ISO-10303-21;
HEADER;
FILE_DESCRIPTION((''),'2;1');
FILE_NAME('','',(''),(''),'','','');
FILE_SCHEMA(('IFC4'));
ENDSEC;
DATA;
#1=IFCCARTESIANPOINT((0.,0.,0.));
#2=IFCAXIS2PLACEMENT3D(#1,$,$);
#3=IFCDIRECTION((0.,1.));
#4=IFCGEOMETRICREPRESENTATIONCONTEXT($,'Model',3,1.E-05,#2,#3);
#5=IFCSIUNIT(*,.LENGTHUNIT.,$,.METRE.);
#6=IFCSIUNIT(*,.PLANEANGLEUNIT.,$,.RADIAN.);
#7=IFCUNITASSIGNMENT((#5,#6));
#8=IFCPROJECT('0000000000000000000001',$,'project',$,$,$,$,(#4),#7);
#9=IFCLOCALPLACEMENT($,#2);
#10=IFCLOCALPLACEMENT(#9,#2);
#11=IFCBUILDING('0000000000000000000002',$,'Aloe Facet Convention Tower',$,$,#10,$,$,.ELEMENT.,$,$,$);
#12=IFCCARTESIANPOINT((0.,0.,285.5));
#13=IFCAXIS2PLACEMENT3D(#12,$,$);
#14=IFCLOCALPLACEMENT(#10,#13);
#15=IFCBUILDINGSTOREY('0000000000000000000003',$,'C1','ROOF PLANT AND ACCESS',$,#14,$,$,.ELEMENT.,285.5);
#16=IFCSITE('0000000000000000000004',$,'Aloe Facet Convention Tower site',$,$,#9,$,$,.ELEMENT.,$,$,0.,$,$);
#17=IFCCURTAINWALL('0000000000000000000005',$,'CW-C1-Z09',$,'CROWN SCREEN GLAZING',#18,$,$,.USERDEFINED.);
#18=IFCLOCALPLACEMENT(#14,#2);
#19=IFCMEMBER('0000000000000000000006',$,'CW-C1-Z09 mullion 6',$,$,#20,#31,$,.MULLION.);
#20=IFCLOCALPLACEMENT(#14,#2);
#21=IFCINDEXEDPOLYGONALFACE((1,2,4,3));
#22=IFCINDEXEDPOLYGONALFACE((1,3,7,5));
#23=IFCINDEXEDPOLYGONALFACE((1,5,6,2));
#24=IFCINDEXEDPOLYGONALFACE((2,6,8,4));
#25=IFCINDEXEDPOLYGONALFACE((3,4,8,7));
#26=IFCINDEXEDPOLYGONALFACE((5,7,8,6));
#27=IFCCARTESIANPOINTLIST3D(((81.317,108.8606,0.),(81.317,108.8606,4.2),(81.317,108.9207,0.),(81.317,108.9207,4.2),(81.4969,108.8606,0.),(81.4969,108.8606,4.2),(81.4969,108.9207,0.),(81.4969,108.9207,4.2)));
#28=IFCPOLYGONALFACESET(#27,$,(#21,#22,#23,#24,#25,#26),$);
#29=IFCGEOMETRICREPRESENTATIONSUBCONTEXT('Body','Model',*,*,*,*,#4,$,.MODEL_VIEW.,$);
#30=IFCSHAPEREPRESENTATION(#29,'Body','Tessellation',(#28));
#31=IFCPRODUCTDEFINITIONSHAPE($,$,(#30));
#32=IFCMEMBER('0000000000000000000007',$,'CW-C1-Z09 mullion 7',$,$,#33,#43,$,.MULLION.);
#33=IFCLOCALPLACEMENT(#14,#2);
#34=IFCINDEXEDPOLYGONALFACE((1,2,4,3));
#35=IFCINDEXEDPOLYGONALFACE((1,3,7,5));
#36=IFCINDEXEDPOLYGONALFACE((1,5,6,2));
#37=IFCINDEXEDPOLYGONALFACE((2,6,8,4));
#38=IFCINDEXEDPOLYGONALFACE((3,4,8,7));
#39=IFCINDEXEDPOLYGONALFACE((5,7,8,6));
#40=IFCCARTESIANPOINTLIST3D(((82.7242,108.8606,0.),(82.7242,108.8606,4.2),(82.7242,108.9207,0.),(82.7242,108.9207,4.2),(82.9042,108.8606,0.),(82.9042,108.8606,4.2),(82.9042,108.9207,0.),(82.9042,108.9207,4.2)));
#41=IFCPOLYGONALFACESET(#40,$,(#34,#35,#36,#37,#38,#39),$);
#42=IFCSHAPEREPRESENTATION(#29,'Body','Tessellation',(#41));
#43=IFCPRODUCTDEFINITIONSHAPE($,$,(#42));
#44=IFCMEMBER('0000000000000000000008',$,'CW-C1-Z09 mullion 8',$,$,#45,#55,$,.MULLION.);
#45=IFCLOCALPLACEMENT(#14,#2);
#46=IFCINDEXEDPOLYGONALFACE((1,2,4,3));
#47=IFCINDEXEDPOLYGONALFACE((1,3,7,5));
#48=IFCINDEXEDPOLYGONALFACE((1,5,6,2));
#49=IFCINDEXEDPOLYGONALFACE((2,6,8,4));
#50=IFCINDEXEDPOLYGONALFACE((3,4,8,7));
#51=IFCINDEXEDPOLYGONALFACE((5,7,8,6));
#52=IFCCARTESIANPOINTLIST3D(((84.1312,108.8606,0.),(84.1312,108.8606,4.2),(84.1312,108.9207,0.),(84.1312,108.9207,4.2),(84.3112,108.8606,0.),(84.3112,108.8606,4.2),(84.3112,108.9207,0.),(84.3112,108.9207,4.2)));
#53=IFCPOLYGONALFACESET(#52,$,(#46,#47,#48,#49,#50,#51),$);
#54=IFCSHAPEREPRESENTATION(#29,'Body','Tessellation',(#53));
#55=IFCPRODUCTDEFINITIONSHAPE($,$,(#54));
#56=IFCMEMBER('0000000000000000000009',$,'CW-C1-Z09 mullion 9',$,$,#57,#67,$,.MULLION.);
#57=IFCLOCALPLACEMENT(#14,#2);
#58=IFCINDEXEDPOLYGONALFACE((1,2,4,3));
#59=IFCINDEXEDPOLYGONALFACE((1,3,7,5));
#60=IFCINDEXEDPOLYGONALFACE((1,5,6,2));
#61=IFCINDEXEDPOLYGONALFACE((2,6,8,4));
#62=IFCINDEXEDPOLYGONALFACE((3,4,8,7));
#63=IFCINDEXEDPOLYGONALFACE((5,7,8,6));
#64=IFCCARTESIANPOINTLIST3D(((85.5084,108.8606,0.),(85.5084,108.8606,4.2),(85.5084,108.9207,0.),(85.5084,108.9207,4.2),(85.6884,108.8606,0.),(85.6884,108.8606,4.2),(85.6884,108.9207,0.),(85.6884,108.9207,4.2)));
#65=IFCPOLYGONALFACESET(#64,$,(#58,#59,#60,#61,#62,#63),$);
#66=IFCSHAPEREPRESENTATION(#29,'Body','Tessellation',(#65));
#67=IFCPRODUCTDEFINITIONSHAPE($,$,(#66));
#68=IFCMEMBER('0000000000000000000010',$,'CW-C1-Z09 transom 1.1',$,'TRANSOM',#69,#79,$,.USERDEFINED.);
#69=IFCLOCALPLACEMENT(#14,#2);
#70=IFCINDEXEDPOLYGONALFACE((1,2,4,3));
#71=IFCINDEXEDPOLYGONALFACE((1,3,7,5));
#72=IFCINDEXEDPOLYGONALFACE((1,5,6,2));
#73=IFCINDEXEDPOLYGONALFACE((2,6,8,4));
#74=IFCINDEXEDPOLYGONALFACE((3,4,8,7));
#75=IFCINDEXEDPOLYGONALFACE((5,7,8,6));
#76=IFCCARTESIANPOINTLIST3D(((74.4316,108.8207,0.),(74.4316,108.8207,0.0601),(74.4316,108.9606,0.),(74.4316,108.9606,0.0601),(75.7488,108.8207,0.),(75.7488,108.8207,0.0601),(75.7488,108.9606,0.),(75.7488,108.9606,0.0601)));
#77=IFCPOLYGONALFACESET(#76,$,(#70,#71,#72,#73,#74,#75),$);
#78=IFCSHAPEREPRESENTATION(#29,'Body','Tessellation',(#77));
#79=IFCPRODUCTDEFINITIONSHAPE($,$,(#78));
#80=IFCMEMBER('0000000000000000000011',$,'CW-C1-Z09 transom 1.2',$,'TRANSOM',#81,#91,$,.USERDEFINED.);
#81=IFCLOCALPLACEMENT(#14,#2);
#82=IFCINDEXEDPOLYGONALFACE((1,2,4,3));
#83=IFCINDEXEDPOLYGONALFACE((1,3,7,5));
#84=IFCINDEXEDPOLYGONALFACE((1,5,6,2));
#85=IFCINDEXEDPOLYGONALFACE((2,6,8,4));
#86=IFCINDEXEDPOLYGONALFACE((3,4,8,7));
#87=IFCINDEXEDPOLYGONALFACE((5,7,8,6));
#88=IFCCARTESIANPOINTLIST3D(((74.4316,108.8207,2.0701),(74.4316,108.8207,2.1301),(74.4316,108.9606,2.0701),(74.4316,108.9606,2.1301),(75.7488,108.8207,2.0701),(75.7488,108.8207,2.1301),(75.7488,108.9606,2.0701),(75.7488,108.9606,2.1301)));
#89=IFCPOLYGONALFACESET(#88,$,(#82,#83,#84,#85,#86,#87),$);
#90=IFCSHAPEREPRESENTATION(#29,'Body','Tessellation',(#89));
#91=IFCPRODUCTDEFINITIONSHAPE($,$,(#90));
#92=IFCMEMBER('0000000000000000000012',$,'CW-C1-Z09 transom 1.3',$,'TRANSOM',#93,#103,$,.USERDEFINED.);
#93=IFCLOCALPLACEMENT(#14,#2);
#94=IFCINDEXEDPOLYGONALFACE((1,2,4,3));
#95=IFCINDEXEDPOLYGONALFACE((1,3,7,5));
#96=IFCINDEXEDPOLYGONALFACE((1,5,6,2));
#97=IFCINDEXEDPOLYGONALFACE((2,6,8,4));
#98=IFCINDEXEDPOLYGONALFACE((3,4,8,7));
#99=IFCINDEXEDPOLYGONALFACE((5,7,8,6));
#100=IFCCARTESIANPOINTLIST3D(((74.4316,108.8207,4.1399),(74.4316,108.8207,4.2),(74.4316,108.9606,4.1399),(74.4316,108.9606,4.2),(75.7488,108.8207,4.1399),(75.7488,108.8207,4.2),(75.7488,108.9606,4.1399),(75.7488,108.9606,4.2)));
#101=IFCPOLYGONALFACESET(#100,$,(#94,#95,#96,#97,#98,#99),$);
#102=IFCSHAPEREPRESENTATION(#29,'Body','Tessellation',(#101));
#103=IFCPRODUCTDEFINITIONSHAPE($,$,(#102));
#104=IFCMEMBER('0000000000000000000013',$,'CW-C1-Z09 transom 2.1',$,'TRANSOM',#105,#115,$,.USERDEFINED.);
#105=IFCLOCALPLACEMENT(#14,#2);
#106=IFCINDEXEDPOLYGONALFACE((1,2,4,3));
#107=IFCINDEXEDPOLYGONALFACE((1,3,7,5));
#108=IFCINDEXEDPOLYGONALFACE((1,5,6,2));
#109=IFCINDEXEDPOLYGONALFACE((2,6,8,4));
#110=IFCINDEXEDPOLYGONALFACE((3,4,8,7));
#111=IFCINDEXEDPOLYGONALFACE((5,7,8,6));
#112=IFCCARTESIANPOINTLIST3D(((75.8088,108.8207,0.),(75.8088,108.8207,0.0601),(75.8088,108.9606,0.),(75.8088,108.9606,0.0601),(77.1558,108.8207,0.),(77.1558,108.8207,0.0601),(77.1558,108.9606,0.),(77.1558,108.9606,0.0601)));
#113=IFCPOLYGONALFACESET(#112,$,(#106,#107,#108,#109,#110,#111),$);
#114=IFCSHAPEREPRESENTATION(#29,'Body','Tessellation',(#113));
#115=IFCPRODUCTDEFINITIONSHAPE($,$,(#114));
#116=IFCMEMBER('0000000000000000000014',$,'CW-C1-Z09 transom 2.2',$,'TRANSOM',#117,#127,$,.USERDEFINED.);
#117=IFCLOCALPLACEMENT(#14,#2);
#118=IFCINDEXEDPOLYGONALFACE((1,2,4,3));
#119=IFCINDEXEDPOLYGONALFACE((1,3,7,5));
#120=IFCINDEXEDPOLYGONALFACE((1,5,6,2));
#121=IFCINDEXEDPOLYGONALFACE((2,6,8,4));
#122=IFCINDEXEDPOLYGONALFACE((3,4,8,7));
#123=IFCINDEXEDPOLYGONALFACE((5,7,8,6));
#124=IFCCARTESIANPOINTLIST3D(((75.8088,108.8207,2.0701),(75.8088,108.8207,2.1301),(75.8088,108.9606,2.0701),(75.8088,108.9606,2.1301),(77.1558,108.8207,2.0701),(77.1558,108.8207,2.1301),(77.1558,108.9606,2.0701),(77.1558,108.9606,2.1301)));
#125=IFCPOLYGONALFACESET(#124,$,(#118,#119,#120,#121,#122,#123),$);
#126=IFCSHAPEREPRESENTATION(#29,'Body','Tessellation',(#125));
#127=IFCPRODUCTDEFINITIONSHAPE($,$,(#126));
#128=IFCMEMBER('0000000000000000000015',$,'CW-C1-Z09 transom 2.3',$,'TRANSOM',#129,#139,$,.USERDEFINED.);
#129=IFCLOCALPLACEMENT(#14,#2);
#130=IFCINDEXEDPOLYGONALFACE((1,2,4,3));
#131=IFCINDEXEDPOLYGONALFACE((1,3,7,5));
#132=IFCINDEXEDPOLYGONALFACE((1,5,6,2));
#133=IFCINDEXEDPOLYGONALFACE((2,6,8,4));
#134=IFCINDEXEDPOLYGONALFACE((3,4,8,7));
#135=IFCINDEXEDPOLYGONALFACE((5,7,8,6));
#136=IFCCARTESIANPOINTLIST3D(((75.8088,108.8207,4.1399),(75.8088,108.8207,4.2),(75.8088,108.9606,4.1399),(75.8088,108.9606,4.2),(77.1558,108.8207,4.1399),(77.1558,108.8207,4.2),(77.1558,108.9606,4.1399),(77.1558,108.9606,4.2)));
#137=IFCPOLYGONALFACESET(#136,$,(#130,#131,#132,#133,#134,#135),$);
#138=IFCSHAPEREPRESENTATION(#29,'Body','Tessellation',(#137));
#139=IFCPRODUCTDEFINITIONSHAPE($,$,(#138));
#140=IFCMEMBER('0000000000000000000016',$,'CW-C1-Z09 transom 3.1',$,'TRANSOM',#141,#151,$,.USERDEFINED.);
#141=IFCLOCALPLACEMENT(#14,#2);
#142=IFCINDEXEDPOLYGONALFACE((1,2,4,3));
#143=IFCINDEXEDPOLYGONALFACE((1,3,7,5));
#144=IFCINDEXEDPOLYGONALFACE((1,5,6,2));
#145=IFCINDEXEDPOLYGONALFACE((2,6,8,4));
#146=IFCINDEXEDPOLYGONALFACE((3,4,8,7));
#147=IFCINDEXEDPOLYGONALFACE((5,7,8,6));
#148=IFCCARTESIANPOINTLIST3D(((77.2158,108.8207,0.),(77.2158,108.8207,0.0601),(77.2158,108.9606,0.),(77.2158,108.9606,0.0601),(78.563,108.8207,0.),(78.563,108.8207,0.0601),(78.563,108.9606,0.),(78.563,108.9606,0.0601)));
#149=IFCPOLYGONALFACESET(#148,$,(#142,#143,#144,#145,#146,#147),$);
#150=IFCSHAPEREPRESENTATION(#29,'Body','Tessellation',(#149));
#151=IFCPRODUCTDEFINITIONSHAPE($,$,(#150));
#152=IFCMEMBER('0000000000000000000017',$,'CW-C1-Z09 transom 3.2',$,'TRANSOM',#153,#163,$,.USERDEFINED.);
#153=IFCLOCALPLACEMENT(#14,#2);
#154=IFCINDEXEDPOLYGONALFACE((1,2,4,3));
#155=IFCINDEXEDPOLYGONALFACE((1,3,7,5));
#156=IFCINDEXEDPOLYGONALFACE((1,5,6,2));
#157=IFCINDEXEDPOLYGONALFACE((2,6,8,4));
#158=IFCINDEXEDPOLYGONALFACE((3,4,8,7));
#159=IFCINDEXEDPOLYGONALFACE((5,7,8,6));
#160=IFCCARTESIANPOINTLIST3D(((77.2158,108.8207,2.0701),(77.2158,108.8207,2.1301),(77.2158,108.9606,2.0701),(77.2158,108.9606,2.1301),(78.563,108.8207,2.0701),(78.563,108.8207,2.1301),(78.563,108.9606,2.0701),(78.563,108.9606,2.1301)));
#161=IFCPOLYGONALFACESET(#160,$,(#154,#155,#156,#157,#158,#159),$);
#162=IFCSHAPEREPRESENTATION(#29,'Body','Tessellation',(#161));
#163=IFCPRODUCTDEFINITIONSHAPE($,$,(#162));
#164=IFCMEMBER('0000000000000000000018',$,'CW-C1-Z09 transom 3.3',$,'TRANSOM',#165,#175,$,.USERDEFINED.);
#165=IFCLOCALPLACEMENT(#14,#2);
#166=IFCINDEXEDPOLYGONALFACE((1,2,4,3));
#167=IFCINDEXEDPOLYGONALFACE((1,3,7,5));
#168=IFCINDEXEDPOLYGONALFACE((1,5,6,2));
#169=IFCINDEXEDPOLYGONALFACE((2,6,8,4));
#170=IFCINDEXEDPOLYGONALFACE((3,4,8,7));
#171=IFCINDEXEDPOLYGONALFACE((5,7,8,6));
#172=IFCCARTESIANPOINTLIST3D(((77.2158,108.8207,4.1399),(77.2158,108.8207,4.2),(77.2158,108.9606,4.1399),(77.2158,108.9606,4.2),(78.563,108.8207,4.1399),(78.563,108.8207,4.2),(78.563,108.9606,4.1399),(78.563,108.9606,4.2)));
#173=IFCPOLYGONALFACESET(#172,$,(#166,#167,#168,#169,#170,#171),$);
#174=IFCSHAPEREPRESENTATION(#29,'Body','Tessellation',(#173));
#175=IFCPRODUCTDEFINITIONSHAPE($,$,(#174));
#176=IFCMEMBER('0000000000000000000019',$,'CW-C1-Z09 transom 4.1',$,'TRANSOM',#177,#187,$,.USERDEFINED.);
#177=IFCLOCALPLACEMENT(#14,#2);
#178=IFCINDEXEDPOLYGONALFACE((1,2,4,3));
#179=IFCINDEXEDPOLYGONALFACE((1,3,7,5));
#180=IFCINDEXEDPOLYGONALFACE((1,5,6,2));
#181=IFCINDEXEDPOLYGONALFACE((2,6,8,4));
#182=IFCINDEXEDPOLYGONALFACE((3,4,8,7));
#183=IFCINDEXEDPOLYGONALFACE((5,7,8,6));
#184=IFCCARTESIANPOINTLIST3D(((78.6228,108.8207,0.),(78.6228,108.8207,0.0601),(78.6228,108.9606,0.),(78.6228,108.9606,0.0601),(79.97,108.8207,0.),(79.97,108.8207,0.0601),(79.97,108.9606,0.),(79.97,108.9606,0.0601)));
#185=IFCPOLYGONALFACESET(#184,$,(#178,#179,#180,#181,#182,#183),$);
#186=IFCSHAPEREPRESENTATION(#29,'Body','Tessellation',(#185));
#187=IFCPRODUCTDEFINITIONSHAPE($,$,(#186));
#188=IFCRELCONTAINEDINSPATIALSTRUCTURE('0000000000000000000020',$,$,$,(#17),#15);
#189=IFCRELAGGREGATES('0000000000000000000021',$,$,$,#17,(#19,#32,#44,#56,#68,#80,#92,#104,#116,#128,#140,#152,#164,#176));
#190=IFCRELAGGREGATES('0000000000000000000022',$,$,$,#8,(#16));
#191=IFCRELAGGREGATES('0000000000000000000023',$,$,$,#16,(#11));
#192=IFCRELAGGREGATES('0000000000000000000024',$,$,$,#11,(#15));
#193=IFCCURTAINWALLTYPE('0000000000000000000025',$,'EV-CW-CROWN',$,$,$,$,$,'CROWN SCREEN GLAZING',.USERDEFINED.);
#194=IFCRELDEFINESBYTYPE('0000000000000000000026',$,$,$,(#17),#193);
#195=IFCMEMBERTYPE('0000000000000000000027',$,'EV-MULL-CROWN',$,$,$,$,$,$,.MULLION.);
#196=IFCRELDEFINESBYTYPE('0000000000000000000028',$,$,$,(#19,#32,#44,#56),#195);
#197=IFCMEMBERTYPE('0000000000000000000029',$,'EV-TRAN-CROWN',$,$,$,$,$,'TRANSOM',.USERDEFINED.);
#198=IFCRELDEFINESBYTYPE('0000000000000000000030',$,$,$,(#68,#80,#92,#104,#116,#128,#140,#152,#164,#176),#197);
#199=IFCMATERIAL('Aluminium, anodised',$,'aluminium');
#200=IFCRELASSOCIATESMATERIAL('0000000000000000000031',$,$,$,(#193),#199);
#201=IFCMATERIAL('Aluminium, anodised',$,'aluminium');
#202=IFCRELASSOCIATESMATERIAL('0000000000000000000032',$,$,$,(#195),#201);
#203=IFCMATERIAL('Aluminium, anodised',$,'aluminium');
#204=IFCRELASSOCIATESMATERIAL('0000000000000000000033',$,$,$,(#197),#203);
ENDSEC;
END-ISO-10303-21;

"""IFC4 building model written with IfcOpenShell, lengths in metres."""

from ifc_helpers import new_model, si_unit, direction, frame, origin, origin_2d, place, context, subcontext, project, spatial, rectangle, extrude, material, material_profile, profile_set, type_object, element, aggregate, save


model = new_model("IFC4")

# Units and contexts
model_context = context("Model", 3, precision=1e-05, world=origin(), true_north=direction((0.0, 1.0)))
body_context = subcontext(model_context, "Body", "Model", "MODEL_VIEW")
ifc_project = project(units=[si_unit("LENGTHUNIT", "METRE"), si_unit("PLANEANGLEUNIT", "RADIAN")], contexts=[model_context])

# Site, building, storey
site_placement = place(None, origin())
site = spatial("IfcSite", under=ifc_project, at=site_placement, Name="Aloe Facet Convention Tower site", CompositionType="ELEMENT", RefElevation=0.0)
building_placement = place(site_placement, origin())
building = spatial("IfcBuilding", under=site, at=building_placement, Name="Aloe Facet Convention Tower", CompositionType="ELEMENT")
storey_placement = place(building_placement, frame((0.0, 0.0, 285.5)))
storey = spatial("IfcBuildingStorey", under=building, at=storey_placement, Name="C1", Description="ROOF PLANT AND ACCESS", CompositionType="ELEMENT", Elevation=285.5)

# Curtain wall, members
ifc_material_1 = material(Name="Aluminium, anodised", Category="aluminium")
curtain_wall_type = type_object("IfcCurtainWallType", Name="EV-CW-CROWN", ElementType="CROWN SCREEN GLAZING", PredefinedType="USERDEFINED", material=ifc_material_1)
curtain_wall_placement = place(storey_placement, origin())
curtain_wall = element("IfcCurtainWall", 1, at=curtain_wall_placement, inside=storey, type_object=curtain_wall_type, Name="CW-C1-Z09", ObjectType="CROWN SCREEN GLAZING", PredefinedType="USERDEFINED")
ifc_material_2 = material(Name="Aluminium, anodised", Category="aluminium")
ifc_material_profile_1 = material_profile(ifc_material_2, rectangle(XDim=0.0601, YDim=0.1799, at=origin_2d()), Name="AL 60x180")
ifc_profile_set_1 = profile_set([ifc_material_profile_1], Name="Aluminium, anodised")
member_type_1 = type_object("IfcMemberType", Name="EV-MULL-CROWN", PredefinedType="MULLION", material=ifc_profile_set_1)
member_1_placement = place(storey_placement, frame((81.407, 108.8906, 0.0), z_axis=(0.0, 0.0, 1.0), x_axis=(0.0, 1.0, 0.0)))
member_1 = element("IfcMember", 2, at=member_1_placement, type_object=member_type_1, Name="CW-C1-Z09 mullion 6", PredefinedType="MULLION", context=body_context, shape_type="SweptSolid", body=[
    extrude(rectangle(XDim=0.0601, YDim=0.1799, at=origin_2d()), origin(), (0.0, 0.0, 1.0), 4.2),
])
member_2_placement = place(storey_placement, frame((82.8142, 108.8906, 0.0), z_axis=(0.0, 0.0, 1.0), x_axis=(0.0, 1.0, 0.0)))
member_2 = element("IfcMember", 3, at=member_2_placement, type_object=member_type_1, Name="CW-C1-Z09 mullion 7", PredefinedType="MULLION", context=body_context, shape_type="SweptSolid", body=[
    extrude(rectangle(XDim=0.0601, YDim=0.1799, at=origin_2d()), origin(), (0.0, 0.0, 1.0), 4.2),
])
member_3_placement = place(storey_placement, frame((84.2212, 108.8906, 0.0), z_axis=(0.0, 0.0, 1.0), x_axis=(0.0, 1.0, 0.0)))
member_3 = element("IfcMember", 4, at=member_3_placement, type_object=member_type_1, Name="CW-C1-Z09 mullion 8", PredefinedType="MULLION", context=body_context, shape_type="SweptSolid", body=[
    extrude(rectangle(XDim=0.0601, YDim=0.1799, at=origin_2d()), origin(), (0.0, 0.0, 1.0), 4.2),
])
member_4_placement = place(storey_placement, frame((85.5984, 108.8906, 0.0), z_axis=(0.0, 0.0, 1.0), x_axis=(0.0, 1.0, 0.0)))
member_4 = element("IfcMember", 5, at=member_4_placement, type_object=member_type_1, Name="CW-C1-Z09 mullion 9", PredefinedType="MULLION", context=body_context, shape_type="SweptSolid", body=[
    extrude(rectangle(XDim=0.0601, YDim=0.1799, at=origin_2d()), origin(), (0.0, 0.0, 1.0), 4.2),
])
ifc_material_3 = material(Name="Aluminium, anodised", Category="aluminium")
ifc_material_profile_2 = material_profile(ifc_material_3, rectangle(XDim=0.1399, YDim=0.0601, at=origin_2d()), Name="AL 140x60")
ifc_profile_set_2 = profile_set([ifc_material_profile_2], Name="Aluminium, anodised")
member_type_2 = type_object("IfcMemberType", Name="EV-TRAN-CROWN", ElementType="TRANSOM", PredefinedType="USERDEFINED", material=ifc_profile_set_2)
member_5_placement = place(storey_placement, frame((74.4316, 108.8906, 0.03), z_axis=(1.0, 0.0, 0.0), x_axis=(0.0, 1.0, 0.0)))
member_5 = element("IfcMember", 6, at=member_5_placement, type_object=member_type_2, Name="CW-C1-Z09 transom 1.1", ObjectType="TRANSOM", PredefinedType="USERDEFINED", context=body_context, shape_type="SweptSolid", body=[
    extrude(rectangle(XDim=0.1399, YDim=0.0601, at=origin_2d()), origin(), (0.0, 0.0, 1.0), 1.3171),
])
member_6_placement = place(storey_placement, frame((74.4316, 108.8906, 2.1001), z_axis=(1.0, 0.0, 0.0), x_axis=(0.0, 1.0, 0.0)))
member_6 = element("IfcMember", 7, at=member_6_placement, type_object=member_type_2, Name="CW-C1-Z09 transom 1.2", ObjectType="TRANSOM", PredefinedType="USERDEFINED", context=body_context, shape_type="SweptSolid", body=[
    extrude(rectangle(XDim=0.1399, YDim=0.0601, at=origin_2d()), origin(), (0.0, 0.0, 1.0), 1.3171),
])
member_7_placement = place(storey_placement, frame((74.4316, 108.8906, 4.1699), z_axis=(1.0, 0.0, 0.0), x_axis=(0.0, 1.0, 0.0)))
member_7 = element("IfcMember", 8, at=member_7_placement, type_object=member_type_2, Name="CW-C1-Z09 transom 1.3", ObjectType="TRANSOM", PredefinedType="USERDEFINED", context=body_context, shape_type="SweptSolid", body=[
    extrude(rectangle(XDim=0.1399, YDim=0.0601, at=origin_2d()), origin(), (0.0, 0.0, 1.0), 1.3171),
])
member_8_placement = place(storey_placement, frame((75.8088, 108.8906, 0.03), z_axis=(1.0, 0.0, 0.0), x_axis=(0.0, 1.0, 0.0)))
member_8 = element("IfcMember", 9, at=member_8_placement, type_object=member_type_2, Name="CW-C1-Z09 transom 2.1", ObjectType="TRANSOM", PredefinedType="USERDEFINED", context=body_context, shape_type="SweptSolid", body=[
    extrude(rectangle(XDim=0.1399, YDim=0.0601, at=origin_2d()), origin(), (0.0, 0.0, 1.0), 1.3469),
])
member_9_placement = place(storey_placement, frame((75.8088, 108.8906, 2.1001), z_axis=(1.0, 0.0, 0.0), x_axis=(0.0, 1.0, 0.0)))
member_9 = element("IfcMember", 10, at=member_9_placement, type_object=member_type_2, Name="CW-C1-Z09 transom 2.2", ObjectType="TRANSOM", PredefinedType="USERDEFINED", context=body_context, shape_type="SweptSolid", body=[
    extrude(rectangle(XDim=0.1399, YDim=0.0601, at=origin_2d()), origin(), (0.0, 0.0, 1.0), 1.3469),
])
member_10_placement = place(storey_placement, frame((75.8088, 108.8906, 4.1699), z_axis=(1.0, 0.0, 0.0), x_axis=(0.0, 1.0, 0.0)))
member_10 = element("IfcMember", 11, at=member_10_placement, type_object=member_type_2, Name="CW-C1-Z09 transom 2.3", ObjectType="TRANSOM", PredefinedType="USERDEFINED", context=body_context, shape_type="SweptSolid", body=[
    extrude(rectangle(XDim=0.1399, YDim=0.0601, at=origin_2d()), origin(), (0.0, 0.0, 1.0), 1.3469),
])
member_11_placement = place(storey_placement, frame((77.2158, 108.8906, 0.03), z_axis=(1.0, 0.0, 0.0), x_axis=(0.0, 1.0, 0.0)))
member_11 = element("IfcMember", 12, at=member_11_placement, type_object=member_type_2, Name="CW-C1-Z09 transom 3.1", ObjectType="TRANSOM", PredefinedType="USERDEFINED", context=body_context, shape_type="SweptSolid", body=[
    extrude(rectangle(XDim=0.1399, YDim=0.0601, at=origin_2d()), origin(), (0.0, 0.0, 1.0), 1.3472),
])
member_12_placement = place(storey_placement, frame((77.2158, 108.8906, 2.1001), z_axis=(1.0, 0.0, 0.0), x_axis=(0.0, 1.0, 0.0)))
member_12 = element("IfcMember", 13, at=member_12_placement, type_object=member_type_2, Name="CW-C1-Z09 transom 3.2", ObjectType="TRANSOM", PredefinedType="USERDEFINED", context=body_context, shape_type="SweptSolid", body=[
    extrude(rectangle(XDim=0.1399, YDim=0.0601, at=origin_2d()), origin(), (0.0, 0.0, 1.0), 1.3472),
])
member_13_placement = place(storey_placement, frame((77.2158, 108.8906, 4.1699), z_axis=(1.0, 0.0, 0.0), x_axis=(0.0, 1.0, 0.0)))
member_13 = element("IfcMember", 14, at=member_13_placement, type_object=member_type_2, Name="CW-C1-Z09 transom 3.3", ObjectType="TRANSOM", PredefinedType="USERDEFINED", context=body_context, shape_type="SweptSolid", body=[
    extrude(rectangle(XDim=0.1399, YDim=0.0601, at=origin_2d()), origin(), (0.0, 0.0, 1.0), 1.3472),
])
member_14_placement = place(storey_placement, frame((78.6228, 108.8906, 0.03), z_axis=(1.0, 0.0, 0.0), x_axis=(0.0, 1.0, 0.0)))
member_14 = element("IfcMember", 15, at=member_14_placement, type_object=member_type_2, Name="CW-C1-Z09 transom 4.1", ObjectType="TRANSOM", PredefinedType="USERDEFINED", context=body_context, shape_type="SweptSolid", body=[
    extrude(rectangle(XDim=0.1399, YDim=0.0601, at=origin_2d()), origin(), (0.0, 0.0, 1.0), 1.3472),
])
aggregate(curtain_wall, [member_1, member_2, member_3, member_4, member_5, member_6, member_7, member_8, member_9, member_10, member_11, member_12, member_13, member_14])

save(model, "model.ifc")
